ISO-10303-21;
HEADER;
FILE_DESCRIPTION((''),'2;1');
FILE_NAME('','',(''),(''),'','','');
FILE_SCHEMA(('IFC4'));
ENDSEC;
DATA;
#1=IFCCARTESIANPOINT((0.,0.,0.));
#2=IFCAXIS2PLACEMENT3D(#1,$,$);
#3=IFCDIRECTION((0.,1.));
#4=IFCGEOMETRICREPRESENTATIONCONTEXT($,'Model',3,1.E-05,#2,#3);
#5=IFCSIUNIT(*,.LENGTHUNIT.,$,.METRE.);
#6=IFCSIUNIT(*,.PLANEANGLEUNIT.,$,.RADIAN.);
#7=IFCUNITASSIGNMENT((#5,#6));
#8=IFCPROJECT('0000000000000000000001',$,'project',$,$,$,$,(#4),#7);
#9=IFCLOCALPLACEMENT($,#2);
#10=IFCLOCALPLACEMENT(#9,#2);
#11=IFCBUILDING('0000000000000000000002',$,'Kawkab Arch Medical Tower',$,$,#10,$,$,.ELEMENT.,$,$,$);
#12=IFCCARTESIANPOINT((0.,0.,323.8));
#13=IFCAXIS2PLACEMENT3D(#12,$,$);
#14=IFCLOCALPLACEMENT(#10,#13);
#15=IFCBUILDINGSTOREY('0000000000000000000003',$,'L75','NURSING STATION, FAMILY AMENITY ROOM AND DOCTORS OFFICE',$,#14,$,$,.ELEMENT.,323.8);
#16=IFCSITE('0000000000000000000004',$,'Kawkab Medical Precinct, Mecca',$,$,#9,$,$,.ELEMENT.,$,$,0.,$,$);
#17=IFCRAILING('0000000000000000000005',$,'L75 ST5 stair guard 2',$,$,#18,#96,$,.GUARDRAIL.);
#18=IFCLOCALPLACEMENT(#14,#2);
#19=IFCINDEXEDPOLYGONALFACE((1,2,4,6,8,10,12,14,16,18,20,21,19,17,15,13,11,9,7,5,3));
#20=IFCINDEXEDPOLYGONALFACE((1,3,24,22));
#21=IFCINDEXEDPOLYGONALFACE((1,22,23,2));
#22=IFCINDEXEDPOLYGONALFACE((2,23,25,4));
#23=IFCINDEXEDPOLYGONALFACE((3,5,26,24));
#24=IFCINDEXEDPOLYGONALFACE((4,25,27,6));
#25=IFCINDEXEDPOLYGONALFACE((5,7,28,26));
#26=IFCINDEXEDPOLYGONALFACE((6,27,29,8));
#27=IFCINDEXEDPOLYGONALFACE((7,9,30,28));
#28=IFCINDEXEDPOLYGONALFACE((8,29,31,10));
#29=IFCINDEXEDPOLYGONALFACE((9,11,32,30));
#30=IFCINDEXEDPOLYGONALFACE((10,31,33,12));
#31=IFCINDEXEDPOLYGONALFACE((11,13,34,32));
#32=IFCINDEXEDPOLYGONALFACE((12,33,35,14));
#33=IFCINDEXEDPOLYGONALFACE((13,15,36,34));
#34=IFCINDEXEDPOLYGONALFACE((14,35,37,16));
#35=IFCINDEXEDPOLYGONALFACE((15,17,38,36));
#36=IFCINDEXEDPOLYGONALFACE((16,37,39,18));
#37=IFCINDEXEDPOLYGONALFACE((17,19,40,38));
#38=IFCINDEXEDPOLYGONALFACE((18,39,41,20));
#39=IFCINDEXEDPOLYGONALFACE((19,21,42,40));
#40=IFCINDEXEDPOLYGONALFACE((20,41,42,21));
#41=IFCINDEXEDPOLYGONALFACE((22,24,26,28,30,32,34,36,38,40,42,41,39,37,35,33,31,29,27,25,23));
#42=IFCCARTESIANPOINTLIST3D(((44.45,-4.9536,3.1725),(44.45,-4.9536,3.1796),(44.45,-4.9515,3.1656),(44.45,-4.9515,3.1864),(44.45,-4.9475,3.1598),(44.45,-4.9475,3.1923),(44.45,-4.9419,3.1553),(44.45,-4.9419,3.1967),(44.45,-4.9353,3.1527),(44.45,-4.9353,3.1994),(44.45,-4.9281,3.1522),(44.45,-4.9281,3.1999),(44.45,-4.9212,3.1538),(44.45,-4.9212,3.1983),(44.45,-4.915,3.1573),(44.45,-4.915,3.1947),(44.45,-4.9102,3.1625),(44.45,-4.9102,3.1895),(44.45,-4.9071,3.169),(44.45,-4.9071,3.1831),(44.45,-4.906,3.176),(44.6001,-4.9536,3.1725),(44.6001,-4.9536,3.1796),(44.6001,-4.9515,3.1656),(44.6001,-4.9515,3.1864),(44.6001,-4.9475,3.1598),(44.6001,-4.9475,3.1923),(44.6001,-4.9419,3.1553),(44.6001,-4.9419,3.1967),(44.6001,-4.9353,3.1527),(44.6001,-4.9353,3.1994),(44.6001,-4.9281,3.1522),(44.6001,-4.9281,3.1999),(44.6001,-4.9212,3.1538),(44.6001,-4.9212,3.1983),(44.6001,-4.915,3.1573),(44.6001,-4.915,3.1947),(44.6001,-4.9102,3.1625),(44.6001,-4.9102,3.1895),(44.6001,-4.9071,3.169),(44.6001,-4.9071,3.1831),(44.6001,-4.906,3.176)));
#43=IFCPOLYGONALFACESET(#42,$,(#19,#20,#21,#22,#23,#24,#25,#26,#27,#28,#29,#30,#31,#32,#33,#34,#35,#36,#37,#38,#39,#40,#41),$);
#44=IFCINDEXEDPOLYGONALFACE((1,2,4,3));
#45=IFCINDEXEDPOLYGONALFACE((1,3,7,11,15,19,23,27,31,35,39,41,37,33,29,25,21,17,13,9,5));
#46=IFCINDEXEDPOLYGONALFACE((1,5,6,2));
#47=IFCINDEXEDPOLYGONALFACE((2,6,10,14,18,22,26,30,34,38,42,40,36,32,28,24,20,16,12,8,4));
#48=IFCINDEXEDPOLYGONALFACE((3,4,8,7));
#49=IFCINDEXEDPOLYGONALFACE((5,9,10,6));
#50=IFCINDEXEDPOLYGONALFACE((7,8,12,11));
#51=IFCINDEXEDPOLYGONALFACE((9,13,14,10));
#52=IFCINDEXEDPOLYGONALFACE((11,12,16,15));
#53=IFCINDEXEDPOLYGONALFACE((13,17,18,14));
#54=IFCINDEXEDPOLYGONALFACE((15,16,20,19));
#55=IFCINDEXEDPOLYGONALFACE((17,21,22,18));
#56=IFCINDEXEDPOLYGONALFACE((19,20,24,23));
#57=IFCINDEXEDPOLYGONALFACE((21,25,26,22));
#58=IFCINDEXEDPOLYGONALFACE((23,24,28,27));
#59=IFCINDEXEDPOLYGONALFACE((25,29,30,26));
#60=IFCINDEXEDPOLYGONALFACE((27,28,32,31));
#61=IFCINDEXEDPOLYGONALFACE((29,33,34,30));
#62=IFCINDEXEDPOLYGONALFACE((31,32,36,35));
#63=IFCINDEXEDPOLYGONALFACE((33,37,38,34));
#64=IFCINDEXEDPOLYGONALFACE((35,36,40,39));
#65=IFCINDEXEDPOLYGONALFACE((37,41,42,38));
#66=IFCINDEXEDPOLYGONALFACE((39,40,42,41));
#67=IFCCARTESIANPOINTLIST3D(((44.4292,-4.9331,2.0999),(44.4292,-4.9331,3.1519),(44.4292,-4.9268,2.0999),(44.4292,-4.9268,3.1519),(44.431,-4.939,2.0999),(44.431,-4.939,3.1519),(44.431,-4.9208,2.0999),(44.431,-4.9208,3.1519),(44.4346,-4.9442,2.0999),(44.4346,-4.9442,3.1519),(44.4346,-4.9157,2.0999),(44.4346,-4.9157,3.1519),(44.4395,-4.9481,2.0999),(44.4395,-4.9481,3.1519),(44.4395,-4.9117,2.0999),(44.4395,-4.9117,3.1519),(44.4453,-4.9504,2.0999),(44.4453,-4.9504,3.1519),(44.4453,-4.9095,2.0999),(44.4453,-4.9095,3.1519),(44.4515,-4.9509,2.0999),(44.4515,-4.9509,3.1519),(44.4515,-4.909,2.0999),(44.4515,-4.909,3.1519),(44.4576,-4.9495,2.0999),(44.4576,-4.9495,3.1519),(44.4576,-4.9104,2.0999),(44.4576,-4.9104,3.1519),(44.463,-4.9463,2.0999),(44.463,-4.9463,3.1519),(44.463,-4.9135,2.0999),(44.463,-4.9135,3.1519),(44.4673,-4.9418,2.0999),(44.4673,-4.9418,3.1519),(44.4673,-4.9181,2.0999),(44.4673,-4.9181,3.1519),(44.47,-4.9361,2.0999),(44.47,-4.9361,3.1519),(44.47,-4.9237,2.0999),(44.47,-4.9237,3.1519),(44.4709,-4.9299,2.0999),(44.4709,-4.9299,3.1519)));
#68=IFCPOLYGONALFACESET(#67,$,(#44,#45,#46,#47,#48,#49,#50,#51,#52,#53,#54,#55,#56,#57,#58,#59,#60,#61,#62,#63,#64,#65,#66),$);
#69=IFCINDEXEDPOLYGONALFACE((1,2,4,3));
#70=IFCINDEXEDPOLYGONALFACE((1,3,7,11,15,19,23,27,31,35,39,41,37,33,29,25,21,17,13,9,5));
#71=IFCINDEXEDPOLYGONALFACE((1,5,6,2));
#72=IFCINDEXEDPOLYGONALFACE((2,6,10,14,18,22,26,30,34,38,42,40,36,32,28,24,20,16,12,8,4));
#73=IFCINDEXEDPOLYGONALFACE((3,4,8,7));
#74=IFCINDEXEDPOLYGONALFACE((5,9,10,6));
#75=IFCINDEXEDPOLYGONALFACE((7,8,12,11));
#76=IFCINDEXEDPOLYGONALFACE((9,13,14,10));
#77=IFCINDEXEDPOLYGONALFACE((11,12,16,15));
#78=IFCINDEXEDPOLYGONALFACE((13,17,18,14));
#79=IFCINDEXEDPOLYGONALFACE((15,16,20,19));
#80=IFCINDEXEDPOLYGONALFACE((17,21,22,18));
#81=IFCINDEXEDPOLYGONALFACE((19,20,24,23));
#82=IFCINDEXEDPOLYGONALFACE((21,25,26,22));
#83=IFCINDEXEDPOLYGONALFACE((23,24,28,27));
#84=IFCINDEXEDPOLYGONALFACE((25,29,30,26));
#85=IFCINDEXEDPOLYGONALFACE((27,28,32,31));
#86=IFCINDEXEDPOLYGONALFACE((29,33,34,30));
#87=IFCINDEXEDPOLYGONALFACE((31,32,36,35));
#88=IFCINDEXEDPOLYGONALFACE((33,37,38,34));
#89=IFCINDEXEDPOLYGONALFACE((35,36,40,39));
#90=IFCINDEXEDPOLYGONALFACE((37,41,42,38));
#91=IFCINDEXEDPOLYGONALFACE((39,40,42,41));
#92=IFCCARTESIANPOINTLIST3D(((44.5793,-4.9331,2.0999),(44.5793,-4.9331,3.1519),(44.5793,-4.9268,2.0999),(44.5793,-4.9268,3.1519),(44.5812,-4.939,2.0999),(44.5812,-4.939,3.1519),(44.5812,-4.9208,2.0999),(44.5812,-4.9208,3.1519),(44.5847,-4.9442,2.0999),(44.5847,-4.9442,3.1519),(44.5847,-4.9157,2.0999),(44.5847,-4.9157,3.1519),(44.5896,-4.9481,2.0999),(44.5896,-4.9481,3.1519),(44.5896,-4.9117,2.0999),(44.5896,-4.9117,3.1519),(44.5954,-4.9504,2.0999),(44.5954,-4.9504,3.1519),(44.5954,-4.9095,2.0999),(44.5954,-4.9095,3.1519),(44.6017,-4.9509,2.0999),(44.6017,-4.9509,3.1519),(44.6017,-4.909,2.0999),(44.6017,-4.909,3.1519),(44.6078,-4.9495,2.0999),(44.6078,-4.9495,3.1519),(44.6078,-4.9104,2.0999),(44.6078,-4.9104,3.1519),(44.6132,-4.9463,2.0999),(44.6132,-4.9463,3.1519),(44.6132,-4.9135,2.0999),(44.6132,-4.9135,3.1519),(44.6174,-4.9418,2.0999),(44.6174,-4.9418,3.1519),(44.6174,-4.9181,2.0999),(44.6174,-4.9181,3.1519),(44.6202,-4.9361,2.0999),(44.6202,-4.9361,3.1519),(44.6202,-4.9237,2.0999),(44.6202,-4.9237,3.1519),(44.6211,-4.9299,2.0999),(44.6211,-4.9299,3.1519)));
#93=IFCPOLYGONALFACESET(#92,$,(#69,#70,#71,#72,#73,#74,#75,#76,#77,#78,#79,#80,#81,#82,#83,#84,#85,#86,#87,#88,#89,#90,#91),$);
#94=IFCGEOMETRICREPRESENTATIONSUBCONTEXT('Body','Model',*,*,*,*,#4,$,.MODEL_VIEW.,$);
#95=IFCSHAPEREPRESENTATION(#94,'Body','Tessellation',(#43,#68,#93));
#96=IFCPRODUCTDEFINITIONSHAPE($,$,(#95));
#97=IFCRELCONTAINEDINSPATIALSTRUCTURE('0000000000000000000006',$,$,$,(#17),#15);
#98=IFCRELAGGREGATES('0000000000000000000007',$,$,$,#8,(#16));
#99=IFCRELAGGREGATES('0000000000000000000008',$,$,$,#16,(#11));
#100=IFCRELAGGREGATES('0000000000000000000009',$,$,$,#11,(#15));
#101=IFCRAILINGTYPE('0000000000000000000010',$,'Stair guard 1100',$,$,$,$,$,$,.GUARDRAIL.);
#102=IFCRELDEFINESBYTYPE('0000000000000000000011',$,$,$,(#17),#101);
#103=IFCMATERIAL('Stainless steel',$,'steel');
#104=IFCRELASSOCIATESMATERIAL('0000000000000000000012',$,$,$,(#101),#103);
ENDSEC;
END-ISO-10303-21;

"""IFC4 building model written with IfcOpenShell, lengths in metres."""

from ifc_helpers import new_model, si_unit, direction, frame, origin, origin_2d, place, context, subcontext, project, spatial, circle, extrude, material, type_object, element, save


model = new_model("IFC4")

# Units and contexts
model_context = context("Model", 3, precision=1e-05, world=origin(), true_north=direction((0.0, 1.0)))
body_context = subcontext(model_context, "Body", "Model", "MODEL_VIEW")
ifc_project = project(units=[si_unit("LENGTHUNIT", "METRE"), si_unit("PLANEANGLEUNIT", "RADIAN")], contexts=[model_context])

# Site, building, storey
site_placement = place(None, origin())
site = spatial("IfcSite", under=ifc_project, at=site_placement, Name="Kawkab Medical Precinct, Mecca", CompositionType="ELEMENT", RefElevation=0.0)
building_placement = place(site_placement, origin())
building = spatial("IfcBuilding", under=site, at=building_placement, Name="Kawkab Arch Medical Tower", CompositionType="ELEMENT")
storey_placement = place(building_placement, frame((0.0, 0.0, 323.8)))
storey = spatial("IfcBuildingStorey", under=building, at=storey_placement, Name="L75", Description="NURSING STATION, FAMILY AMENITY ROOM AND DOCTORS OFFICE", CompositionType="ELEMENT", Elevation=323.8)

# Railing
ifc_material_1 = material(Name="Stainless steel", Category="steel")
railing_type = type_object("IfcRailingType", Name="Stair guard 1100", PredefinedType="GUARDRAIL", material=ifc_material_1)
railing_1_placement = place(storey_placement, frame((44.45, -4.9299, 2.0999)))
element("IfcRailing", 1, at=railing_1_placement, inside=storey, type_object=railing_type, Name="L75 ST5 stair guard 2", PredefinedType="GUARDRAIL", context=body_context, shape_type="SweptSolid", body=[
    extrude(circle(Radius=0.0239, at=origin_2d()), frame((0.0, 0.0, 1.0762), z_axis=(1.0, 0.0, 0.0), x_axis=(0.0, 1.0, 0.0)), (0.0, 0.0, 1.0), 0.1501),
    extrude(circle(Radius=0.021, at=origin_2d()), origin(), (0.0, 0.0, 1.0), 1.052),
    extrude(circle(Radius=0.021, at=origin_2d()), frame((0.1501, 0.0, 0.0)), (0.0, 0.0, 1.0), 1.052),
])

save(model, "model.ifc")
